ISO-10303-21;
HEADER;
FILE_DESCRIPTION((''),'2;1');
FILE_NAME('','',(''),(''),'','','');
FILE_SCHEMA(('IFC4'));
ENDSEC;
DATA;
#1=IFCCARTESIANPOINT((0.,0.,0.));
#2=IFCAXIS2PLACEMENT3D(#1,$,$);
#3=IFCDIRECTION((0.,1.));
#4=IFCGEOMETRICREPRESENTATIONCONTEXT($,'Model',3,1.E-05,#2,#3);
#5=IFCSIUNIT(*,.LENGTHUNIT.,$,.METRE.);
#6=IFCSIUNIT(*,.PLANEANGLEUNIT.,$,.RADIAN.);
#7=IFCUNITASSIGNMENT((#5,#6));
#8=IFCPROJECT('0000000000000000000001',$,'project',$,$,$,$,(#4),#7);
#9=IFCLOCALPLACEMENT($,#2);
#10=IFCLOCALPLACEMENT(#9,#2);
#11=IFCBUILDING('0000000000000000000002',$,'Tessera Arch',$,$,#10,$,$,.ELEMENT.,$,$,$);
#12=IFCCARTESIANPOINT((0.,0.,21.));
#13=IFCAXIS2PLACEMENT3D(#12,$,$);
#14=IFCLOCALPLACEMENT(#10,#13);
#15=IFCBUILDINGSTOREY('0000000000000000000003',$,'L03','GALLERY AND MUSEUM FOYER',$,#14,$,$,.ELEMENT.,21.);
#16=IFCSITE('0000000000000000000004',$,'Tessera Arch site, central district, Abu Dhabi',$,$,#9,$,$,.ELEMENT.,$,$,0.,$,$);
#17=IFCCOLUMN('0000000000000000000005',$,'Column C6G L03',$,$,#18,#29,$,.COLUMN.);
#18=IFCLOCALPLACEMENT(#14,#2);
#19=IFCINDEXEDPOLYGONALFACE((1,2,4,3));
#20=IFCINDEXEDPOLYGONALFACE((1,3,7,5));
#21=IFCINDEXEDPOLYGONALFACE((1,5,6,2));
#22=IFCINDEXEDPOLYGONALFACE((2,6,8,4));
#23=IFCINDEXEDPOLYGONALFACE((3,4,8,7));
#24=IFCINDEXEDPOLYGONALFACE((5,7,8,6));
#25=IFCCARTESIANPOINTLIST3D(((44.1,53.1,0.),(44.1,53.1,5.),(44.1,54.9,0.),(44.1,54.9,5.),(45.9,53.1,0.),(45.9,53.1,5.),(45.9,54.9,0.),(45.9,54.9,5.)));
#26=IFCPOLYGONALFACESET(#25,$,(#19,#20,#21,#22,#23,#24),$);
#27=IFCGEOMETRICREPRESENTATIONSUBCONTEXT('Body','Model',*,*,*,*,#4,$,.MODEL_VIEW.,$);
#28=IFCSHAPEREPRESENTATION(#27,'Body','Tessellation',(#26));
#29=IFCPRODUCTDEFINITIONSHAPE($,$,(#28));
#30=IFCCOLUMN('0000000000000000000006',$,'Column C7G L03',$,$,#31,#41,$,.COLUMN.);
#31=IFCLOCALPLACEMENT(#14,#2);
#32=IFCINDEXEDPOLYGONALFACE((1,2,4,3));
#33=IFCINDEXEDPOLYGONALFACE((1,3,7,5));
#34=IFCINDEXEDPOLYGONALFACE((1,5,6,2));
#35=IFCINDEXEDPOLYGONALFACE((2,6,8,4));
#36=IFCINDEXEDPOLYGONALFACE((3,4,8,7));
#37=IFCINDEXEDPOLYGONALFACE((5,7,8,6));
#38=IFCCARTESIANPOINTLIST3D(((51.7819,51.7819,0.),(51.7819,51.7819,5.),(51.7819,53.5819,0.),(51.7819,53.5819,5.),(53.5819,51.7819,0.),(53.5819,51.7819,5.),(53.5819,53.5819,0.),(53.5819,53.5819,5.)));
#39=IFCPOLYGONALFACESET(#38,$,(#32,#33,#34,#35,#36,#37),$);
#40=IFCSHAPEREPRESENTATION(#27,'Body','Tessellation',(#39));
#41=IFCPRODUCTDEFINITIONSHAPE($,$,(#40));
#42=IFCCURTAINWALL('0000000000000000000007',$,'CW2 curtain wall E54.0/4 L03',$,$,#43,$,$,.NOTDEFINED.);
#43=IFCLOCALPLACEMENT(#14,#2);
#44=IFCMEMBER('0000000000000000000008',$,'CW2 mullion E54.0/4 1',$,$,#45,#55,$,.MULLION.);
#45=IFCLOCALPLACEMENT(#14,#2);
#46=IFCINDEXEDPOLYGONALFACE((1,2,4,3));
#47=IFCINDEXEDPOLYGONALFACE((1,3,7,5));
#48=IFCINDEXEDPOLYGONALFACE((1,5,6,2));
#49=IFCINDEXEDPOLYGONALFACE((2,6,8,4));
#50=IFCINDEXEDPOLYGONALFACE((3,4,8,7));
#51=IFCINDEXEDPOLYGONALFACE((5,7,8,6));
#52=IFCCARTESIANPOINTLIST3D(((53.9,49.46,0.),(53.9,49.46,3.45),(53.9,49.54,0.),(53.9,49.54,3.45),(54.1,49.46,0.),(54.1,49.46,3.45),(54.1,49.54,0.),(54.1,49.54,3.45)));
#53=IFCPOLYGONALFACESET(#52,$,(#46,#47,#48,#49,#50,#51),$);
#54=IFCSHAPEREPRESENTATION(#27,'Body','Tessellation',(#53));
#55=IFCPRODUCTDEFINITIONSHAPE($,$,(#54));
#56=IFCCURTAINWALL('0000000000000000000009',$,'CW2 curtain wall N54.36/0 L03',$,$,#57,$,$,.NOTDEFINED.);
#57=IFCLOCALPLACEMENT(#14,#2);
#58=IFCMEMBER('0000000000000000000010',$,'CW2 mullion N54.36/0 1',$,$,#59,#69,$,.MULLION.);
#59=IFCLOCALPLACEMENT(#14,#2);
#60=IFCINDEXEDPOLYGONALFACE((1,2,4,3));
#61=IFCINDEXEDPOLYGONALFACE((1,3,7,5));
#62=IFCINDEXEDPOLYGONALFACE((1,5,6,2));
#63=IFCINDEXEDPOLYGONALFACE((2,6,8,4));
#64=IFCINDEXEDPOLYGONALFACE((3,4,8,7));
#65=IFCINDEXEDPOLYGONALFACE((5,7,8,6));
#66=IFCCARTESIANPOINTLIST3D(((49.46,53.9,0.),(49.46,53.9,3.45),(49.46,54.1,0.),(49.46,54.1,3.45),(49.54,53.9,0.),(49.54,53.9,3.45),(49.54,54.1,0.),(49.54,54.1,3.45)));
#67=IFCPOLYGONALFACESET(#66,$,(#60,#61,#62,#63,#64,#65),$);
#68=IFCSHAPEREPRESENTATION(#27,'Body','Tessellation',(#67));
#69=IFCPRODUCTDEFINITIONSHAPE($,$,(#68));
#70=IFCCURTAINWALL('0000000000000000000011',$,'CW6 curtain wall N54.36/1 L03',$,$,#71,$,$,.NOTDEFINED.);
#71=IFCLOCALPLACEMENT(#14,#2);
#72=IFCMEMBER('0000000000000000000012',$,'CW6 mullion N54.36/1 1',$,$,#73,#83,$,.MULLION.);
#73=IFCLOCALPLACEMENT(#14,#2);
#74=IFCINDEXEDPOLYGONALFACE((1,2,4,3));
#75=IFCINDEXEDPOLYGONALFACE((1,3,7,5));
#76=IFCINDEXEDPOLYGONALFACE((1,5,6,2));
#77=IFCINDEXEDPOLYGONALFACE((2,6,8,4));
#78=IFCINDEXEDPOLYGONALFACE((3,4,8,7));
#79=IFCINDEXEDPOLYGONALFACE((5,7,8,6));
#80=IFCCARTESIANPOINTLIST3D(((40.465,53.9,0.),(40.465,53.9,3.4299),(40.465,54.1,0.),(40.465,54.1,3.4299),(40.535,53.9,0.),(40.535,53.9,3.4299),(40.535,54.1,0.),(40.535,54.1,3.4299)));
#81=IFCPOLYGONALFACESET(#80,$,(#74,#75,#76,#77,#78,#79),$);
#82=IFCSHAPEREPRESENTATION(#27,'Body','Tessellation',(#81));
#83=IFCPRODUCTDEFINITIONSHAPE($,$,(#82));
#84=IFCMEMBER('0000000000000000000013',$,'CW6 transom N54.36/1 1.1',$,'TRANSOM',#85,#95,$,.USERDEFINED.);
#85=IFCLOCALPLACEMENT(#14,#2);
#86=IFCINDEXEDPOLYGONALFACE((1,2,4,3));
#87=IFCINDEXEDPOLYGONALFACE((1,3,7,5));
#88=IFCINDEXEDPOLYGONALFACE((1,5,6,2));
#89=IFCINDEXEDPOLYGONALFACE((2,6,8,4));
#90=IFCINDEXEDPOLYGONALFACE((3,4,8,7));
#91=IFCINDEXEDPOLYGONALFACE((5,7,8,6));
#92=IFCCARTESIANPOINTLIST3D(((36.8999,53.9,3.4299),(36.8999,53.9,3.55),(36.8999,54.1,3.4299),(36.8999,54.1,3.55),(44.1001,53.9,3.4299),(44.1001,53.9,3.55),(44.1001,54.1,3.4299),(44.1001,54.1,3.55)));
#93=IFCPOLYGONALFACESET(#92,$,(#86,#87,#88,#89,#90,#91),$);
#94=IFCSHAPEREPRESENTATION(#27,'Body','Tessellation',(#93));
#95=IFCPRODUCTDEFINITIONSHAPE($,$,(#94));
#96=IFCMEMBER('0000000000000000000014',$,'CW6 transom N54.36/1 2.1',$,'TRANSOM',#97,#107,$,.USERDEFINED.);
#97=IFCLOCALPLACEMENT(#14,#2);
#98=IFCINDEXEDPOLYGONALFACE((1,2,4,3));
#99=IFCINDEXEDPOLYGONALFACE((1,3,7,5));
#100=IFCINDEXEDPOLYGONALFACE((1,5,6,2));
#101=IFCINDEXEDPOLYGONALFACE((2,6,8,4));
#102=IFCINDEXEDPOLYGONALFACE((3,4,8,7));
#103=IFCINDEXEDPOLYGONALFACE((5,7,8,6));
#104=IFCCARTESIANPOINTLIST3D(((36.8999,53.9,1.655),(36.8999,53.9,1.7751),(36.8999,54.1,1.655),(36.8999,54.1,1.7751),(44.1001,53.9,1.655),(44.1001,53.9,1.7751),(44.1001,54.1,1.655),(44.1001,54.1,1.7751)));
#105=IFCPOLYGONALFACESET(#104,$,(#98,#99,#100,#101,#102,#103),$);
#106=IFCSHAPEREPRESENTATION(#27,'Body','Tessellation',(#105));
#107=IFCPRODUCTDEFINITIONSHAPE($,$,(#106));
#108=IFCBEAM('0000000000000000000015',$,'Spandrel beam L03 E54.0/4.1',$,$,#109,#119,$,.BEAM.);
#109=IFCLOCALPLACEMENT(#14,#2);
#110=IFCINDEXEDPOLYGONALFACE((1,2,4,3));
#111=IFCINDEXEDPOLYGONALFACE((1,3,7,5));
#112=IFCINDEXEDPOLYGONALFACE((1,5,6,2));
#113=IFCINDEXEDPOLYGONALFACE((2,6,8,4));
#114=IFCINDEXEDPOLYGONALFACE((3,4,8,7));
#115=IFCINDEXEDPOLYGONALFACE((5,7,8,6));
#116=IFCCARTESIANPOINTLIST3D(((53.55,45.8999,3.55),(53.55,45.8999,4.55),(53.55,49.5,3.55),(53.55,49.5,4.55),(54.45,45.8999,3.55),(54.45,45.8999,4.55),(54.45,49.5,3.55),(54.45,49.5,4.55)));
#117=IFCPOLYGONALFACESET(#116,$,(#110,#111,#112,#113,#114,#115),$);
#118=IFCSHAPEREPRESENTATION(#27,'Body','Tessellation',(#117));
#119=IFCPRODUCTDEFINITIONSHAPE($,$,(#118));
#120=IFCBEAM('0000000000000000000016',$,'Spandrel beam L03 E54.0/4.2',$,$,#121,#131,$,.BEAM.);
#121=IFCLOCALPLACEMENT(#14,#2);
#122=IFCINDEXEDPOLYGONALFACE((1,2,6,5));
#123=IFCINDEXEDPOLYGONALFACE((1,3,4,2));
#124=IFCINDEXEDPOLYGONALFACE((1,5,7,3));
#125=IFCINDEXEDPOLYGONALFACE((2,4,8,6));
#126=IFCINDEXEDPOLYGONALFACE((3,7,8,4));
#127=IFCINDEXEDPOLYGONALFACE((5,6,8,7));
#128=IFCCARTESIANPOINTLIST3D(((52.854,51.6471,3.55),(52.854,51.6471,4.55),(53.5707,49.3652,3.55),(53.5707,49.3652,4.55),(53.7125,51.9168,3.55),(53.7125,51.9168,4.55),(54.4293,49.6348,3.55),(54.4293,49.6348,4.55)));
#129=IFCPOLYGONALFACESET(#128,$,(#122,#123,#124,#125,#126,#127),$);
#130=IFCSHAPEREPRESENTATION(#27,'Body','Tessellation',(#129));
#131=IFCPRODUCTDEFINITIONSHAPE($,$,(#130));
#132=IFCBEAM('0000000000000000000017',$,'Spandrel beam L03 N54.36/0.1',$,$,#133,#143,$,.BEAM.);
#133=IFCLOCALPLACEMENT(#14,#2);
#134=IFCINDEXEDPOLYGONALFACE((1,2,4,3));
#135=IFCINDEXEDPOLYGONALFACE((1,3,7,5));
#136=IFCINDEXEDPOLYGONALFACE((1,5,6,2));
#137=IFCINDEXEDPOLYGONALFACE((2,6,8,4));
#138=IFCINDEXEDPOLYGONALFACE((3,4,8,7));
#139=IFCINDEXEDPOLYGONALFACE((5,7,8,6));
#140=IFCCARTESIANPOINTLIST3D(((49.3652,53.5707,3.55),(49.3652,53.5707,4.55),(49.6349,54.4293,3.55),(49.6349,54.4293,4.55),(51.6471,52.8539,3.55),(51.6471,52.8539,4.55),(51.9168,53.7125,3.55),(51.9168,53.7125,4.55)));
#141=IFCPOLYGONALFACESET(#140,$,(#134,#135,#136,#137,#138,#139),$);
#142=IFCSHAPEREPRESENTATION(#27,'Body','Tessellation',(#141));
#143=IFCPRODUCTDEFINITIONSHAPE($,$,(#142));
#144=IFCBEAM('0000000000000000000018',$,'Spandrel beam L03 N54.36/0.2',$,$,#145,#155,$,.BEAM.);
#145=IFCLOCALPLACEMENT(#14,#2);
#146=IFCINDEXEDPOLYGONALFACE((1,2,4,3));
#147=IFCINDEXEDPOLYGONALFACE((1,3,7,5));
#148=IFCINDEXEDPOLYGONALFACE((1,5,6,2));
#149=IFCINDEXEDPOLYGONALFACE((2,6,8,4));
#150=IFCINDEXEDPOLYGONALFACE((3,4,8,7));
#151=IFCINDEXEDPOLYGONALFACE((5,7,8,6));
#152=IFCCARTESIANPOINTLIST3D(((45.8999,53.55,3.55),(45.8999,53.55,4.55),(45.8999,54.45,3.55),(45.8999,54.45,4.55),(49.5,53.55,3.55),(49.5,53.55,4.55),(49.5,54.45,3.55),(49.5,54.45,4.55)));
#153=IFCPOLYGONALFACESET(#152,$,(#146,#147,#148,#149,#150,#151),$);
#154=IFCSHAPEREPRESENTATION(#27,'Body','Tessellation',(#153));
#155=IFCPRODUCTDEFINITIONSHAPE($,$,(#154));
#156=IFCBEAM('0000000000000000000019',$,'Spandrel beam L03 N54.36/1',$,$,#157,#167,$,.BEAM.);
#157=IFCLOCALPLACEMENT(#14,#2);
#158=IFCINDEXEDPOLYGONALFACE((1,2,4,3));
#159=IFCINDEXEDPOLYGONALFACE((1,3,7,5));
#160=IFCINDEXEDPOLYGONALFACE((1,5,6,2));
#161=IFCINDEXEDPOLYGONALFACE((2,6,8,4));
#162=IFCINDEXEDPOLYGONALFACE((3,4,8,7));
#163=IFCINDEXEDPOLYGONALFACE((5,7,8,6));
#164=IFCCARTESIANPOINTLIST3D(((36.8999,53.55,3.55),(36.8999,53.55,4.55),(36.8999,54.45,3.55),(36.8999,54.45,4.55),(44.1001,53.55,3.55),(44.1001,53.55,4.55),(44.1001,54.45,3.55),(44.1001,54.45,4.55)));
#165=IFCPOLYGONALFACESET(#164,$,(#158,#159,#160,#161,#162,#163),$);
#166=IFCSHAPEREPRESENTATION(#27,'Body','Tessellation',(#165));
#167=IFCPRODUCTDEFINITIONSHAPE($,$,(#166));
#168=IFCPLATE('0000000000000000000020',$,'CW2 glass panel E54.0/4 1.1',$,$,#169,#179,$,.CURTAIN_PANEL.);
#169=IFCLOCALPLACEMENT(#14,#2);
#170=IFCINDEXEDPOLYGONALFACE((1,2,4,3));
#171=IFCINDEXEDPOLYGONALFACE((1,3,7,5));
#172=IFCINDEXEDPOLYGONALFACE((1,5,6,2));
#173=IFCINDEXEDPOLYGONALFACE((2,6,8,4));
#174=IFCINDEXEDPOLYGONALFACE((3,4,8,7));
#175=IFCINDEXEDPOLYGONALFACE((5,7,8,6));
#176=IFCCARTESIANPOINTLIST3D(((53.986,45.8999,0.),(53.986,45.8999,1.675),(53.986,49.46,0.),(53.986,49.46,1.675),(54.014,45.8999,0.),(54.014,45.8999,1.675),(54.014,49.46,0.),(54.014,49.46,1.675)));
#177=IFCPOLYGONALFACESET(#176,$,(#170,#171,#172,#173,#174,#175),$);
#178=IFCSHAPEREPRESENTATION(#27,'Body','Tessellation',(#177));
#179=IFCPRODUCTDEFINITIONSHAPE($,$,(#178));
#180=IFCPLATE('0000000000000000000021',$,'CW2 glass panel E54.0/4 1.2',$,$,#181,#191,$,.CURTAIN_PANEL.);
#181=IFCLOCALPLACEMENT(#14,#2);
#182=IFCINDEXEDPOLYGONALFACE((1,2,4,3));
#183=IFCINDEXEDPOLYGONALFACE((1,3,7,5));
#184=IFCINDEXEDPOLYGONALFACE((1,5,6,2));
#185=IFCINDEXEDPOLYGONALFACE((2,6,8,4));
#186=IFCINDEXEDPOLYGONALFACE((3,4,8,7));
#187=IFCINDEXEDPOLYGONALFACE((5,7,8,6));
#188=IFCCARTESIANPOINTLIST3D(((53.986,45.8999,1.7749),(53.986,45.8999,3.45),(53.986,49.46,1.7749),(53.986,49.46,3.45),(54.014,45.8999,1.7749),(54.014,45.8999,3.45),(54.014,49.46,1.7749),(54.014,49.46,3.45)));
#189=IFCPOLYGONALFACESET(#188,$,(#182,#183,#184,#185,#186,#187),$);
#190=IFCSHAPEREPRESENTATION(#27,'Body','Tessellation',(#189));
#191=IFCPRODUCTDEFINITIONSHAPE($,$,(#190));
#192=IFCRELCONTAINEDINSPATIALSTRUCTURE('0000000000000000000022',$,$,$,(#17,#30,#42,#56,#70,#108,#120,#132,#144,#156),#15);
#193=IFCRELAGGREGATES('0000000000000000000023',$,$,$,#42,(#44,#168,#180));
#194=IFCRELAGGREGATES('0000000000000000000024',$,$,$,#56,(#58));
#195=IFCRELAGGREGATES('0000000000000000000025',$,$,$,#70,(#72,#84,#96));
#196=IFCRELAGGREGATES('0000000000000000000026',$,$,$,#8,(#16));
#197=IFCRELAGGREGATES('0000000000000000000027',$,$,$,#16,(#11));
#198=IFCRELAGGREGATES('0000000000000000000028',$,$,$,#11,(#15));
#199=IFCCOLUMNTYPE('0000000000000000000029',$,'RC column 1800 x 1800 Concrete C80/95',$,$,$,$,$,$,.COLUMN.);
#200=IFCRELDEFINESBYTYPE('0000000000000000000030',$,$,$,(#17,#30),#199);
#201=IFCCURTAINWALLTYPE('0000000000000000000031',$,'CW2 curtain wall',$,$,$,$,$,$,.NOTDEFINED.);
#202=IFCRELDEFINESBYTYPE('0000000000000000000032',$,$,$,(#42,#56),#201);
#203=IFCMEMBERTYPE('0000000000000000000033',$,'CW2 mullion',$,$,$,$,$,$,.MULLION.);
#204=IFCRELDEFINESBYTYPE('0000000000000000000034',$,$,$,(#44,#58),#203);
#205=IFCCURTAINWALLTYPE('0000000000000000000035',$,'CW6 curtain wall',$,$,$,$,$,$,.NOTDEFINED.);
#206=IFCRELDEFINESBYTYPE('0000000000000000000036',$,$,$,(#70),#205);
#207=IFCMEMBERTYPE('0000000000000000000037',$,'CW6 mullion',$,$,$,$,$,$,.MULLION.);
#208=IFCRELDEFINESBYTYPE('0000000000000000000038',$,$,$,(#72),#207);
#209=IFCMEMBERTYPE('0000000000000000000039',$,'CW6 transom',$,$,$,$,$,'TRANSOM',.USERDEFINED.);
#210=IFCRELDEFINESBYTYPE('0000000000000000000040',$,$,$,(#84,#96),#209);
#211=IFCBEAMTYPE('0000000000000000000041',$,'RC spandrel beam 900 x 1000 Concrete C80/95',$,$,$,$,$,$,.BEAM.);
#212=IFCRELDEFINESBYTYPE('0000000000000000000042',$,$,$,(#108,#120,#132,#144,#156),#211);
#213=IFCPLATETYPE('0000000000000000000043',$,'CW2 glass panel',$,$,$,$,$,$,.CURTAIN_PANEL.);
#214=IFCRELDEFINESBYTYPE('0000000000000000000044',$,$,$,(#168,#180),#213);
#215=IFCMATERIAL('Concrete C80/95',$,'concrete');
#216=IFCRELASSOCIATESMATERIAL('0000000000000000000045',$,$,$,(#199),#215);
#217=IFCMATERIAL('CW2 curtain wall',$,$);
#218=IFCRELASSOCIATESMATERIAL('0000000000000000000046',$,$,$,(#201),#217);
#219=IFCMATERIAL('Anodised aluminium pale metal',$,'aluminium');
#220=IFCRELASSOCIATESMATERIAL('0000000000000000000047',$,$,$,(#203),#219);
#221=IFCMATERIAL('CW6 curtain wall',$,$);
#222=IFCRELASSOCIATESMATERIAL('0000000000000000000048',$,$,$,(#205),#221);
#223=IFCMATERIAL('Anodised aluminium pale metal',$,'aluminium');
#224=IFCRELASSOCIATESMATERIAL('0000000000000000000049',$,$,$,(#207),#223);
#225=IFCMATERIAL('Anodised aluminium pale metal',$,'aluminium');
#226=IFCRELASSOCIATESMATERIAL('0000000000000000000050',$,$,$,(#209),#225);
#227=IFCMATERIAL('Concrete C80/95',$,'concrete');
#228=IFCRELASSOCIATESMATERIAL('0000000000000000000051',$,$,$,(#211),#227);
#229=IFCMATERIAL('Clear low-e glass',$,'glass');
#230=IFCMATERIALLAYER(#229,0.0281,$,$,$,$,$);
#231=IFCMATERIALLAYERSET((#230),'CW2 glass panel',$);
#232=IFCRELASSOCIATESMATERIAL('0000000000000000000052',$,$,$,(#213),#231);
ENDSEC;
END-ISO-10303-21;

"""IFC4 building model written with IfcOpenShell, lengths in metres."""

from ifc_helpers import new_model, si_unit, direction, frame, origin, origin_2d, place, context, subcontext, project, spatial, rectangle, extrude, material, layer, layer_set, material_profile, profile_set, type_object, element, aggregate, save


model = new_model("IFC4")

# Units and contexts
model_context = context("Model", 3, precision=1e-05, world=origin(), true_north=direction((0.0, 1.0)))
body_context = subcontext(model_context, "Body", "Model", "MODEL_VIEW")
ifc_project = project(units=[si_unit("LENGTHUNIT", "METRE"), si_unit("PLANEANGLEUNIT", "RADIAN")], contexts=[model_context])

# Site, building, storey
site_placement = place(None, origin())
site = spatial("IfcSite", under=ifc_project, at=site_placement, Name="Tessera Arch site, central district, Abu Dhabi", CompositionType="ELEMENT", RefElevation=0.0)
building_placement = place(site_placement, origin())
building = spatial("IfcBuilding", under=site, at=building_placement, Name="Tessera Arch", CompositionType="ELEMENT")
storey_placement = place(building_placement, frame((0.0, 0.0, 21.0)))
storey = spatial("IfcBuildingStorey", under=building, at=storey_placement, Name="L03", Description="GALLERY AND MUSEUM FOYER", CompositionType="ELEMENT", Elevation=21.0)

# Columns
ifc_material_1 = material(Name="Concrete C80/95", Category="concrete")
ifc_material_profile_1 = material_profile(ifc_material_1, rectangle(XDim=1.8, YDim=1.8, at=origin_2d()), Name="RC column 1800 x 1800 Concrete C80/95")
ifc_profile_set_1 = profile_set([ifc_material_profile_1], Name="Concrete C80/95")
column_type = type_object("IfcColumnType", Name="RC column 1800 x 1800 Concrete C80/95", PredefinedType="COLUMN", material=ifc_profile_set_1)
for number, where, z_axis, x_axis, name in (
    (1, (45.0, 54.0, 0.0), (0.0, 0.0, 1.0), (1.0, 0.0, 0.0), "Column C6G L03"),
    (2, (52.6819, 52.6819, 0.0), (0.0, 0.0, 1.0), (1.0, 0.0, 0.0), "Column C7G L03"),
):
    element("IfcColumn", number, at=place(storey_placement, frame(where, z_axis=z_axis, x_axis=x_axis)), inside=storey, type_object=column_type, Name=name, PredefinedType="COLUMN", context=body_context, shape_type="SweptSolid", body=[
        extrude(rectangle(XDim=1.8, YDim=1.8, at=origin_2d()), origin(), (0.0, 0.0, 1.0), 5.0),
    ])

# Curtain walls, members
ifc_material_2 = material(Name="CW2 curtain wall")
curtain_wall_type_1 = type_object("IfcCurtainWallType", Name="CW2 curtain wall", PredefinedType="NOTDEFINED", material=ifc_material_2)
curtain_wall_1_placement = place(storey_placement, origin())
curtain_wall_1 = element("IfcCurtainWall", 3, at=curtain_wall_1_placement, inside=storey, type_object=curtain_wall_type_1, Name="CW2 curtain wall E54.0/4 L03", PredefinedType="NOTDEFINED")
ifc_material_3 = material(Name="Anodised aluminium pale metal", Category="aluminium")
ifc_material_profile_2 = material_profile(ifc_material_3, rectangle(XDim=0.2, YDim=0.0801, at=origin_2d()), Name="AL 80x200")
ifc_profile_set_2 = profile_set([ifc_material_profile_2], Name="Anodised aluminium pale metal")
member_type_1 = type_object("IfcMemberType", Name="CW2 mullion", PredefinedType="MULLION", material=ifc_profile_set_2)
member_1_placement = place(storey_placement, frame((54.0, 49.5, 0.0), z_axis=(0.0, 0.0, 1.0), x_axis=(-1.0, 0.0, 0.0)))
member_1 = element("IfcMember", 4, at=member_1_placement, type_object=member_type_1, Name="CW2 mullion E54.0/4 1", PredefinedType="MULLION", context=body_context, shape_type="SweptSolid", body=[
    extrude(rectangle(XDim=0.2, YDim=0.0801, at=origin_2d()), origin(), (0.0, 0.0, 1.0), 3.45),
])
curtain_wall_2_placement = place(storey_placement, origin())
curtain_wall_2 = element("IfcCurtainWall", 5, at=curtain_wall_2_placement, inside=storey, type_object=curtain_wall_type_1, Name="CW2 curtain wall N54.36/0 L03", PredefinedType="NOTDEFINED")
member_2_placement = place(storey_placement, frame((49.5, 54.0, 0.0), z_axis=(0.0, 0.0, 1.0), x_axis=(0.0, -1.0, 0.0)))
member_2 = element("IfcMember", 6, at=member_2_placement, type_object=member_type_1, Name="CW2 mullion N54.36/0 1", PredefinedType="MULLION", context=body_context, shape_type="SweptSolid", body=[
    extrude(rectangle(XDim=0.2, YDim=0.0801, at=origin_2d()), origin(), (0.0, 0.0, 1.0), 3.45),
])

# Curtain wall, members
ifc_material_4 = material(Name="CW6 curtain wall")
curtain_wall_type_2 = type_object("IfcCurtainWallType", Name="CW6 curtain wall", PredefinedType="NOTDEFINED", material=ifc_material_4)
curtain_wall_3_placement = place(storey_placement, origin())
curtain_wall_3 = element("IfcCurtainWall", 7, at=curtain_wall_3_placement, inside=storey, type_object=curtain_wall_type_2, Name="CW6 curtain wall N54.36/1 L03", PredefinedType="NOTDEFINED")
ifc_material_5 = material(Name="Anodised aluminium pale metal", Category="aluminium")
ifc_material_profile_3 = material_profile(ifc_material_5, rectangle(XDim=0.2, YDim=0.0701, at=origin_2d()), Name="AL 70x200")
ifc_profile_set_3 = profile_set([ifc_material_profile_3], Name="Anodised aluminium pale metal")
member_type_2 = type_object("IfcMemberType", Name="CW6 mullion", PredefinedType="MULLION", material=ifc_profile_set_3)
member_3_placement = place(storey_placement, frame((40.5, 54.0, 0.0), z_axis=(0.0, 0.0, 1.0), x_axis=(0.0, -1.0, 0.0)))
member_3 = element("IfcMember", 8, at=member_3_placement, type_object=member_type_2, Name="CW6 mullion N54.36/1 1", PredefinedType="MULLION", context=body_context, shape_type="SweptSolid", body=[
    extrude(rectangle(XDim=0.2, YDim=0.0701, at=origin_2d()), origin(), (0.0, 0.0, 1.0), 3.4299),
])
ifc_material_6 = material(Name="Anodised aluminium pale metal", Category="aluminium")
ifc_material_profile_4 = material_profile(ifc_material_6, rectangle(XDim=0.2, YDim=0.1201, at=origin_2d()), Name="AL 200x120")
ifc_profile_set_4 = profile_set([ifc_material_profile_4], Name="Anodised aluminium pale metal")
member_type_3 = type_object("IfcMemberType", Name="CW6 transom", ElementType="TRANSOM", PredefinedType="USERDEFINED", material=ifc_profile_set_4)
member_4_placement = place(storey_placement, frame((44.1001, 54.0, 3.49), z_axis=(-1.0, 0.0, 0.0), x_axis=(0.0, -1.0, 0.0)))
member_4 = element("IfcMember", 9, at=member_4_placement, type_object=member_type_3, Name="CW6 transom N54.36/1 1.1", ObjectType="TRANSOM", PredefinedType="USERDEFINED", context=body_context, shape_type="SweptSolid", body=[
    extrude(rectangle(XDim=0.2, YDim=0.1201, at=origin_2d()), origin(), (0.0, 0.0, 1.0), 7.2002),
])
member_5_placement = place(storey_placement, frame((44.1001, 54.0, 1.7151), z_axis=(-1.0, 0.0, 0.0), x_axis=(0.0, -1.0, 0.0)))
member_5 = element("IfcMember", 10, at=member_5_placement, type_object=member_type_3, Name="CW6 transom N54.36/1 2.1", ObjectType="TRANSOM", PredefinedType="USERDEFINED", context=body_context, shape_type="SweptSolid", body=[
    extrude(rectangle(XDim=0.2, YDim=0.1201, at=origin_2d()), origin(), (0.0, 0.0, 1.0), 7.2002),
])

# Beams
ifc_material_7 = material(Name="Concrete C80/95", Category="concrete")
ifc_material_profile_5 = material_profile(ifc_material_7, rectangle(XDim=0.8999, YDim=1.0, at=origin_2d()), Name="RC spandrel beam 900 x 1000 Concrete C80/95")
ifc_profile_set_5 = profile_set([ifc_material_profile_5], Name="Concrete C80/95")
beam_type = type_object("IfcBeamType", Name="RC spandrel beam 900 x 1000 Concrete C80/95", PredefinedType="BEAM", material=ifc_profile_set_5)
beam_1_placement = place(storey_placement, frame((54.0, 45.8999, 4.05), z_axis=(0.0, 1.0, 0.0), x_axis=(-1.0, 0.0, 0.0)))
element("IfcBeam", 11, at=beam_1_placement, inside=storey, type_object=beam_type, Name="Spandrel beam L03 E54.0/4.1", PredefinedType="BEAM", context=body_context, shape_type="SweptSolid", body=[
    extrude(rectangle(XDim=0.8999, YDim=1.0, at=origin_2d()), origin(), (0.0, 0.0, 1.0), 3.6001),
])
for number, where, z_axis, x_axis, name in (
    (12, (54.0, 49.5, 4.05), (-0.299675, 0.954041, 0.0), (-0.954041, -0.299675, 0.0), "Spandrel beam L03 E54.0/4.2"),
    (13, (51.782, 53.2832, 4.05), (-0.954041, 0.299675, 0.0), (-0.299675, -0.954041, 0.0), "Spandrel beam L03 N54.36/0.1"),
):
    element("IfcBeam", number, at=place(storey_placement, frame(where, z_axis=z_axis, x_axis=x_axis)), inside=storey, type_object=beam_type, Name=name, PredefinedType="BEAM", context=body_context, shape_type="SweptSolid", body=[
        extrude(rectangle(XDim=0.8999, YDim=1.0, at=origin_2d()), origin(), (0.0, 0.0, 1.0), 2.3918),
    ])
beam_2_placement = place(storey_placement, frame((49.5, 54.0, 4.05), z_axis=(-1.0, 0.0, 0.0), x_axis=(0.0, -1.0, 0.0)))
element("IfcBeam", 14, at=beam_2_placement, inside=storey, type_object=beam_type, Name="Spandrel beam L03 N54.36/0.2", PredefinedType="BEAM", context=body_context, shape_type="SweptSolid", body=[
    extrude(rectangle(XDim=0.8999, YDim=1.0, at=origin_2d()), origin(), (0.0, 0.0, 1.0), 3.6001),
])
beam_3_placement = place(storey_placement, frame((44.1001, 54.0, 4.05), z_axis=(-1.0, 0.0, 0.0), x_axis=(0.0, -1.0, 0.0)))
element("IfcBeam", 15, at=beam_3_placement, inside=storey, type_object=beam_type, Name="Spandrel beam L03 N54.36/1", PredefinedType="BEAM", context=body_context, shape_type="SweptSolid", body=[
    extrude(rectangle(XDim=0.8999, YDim=1.0, at=origin_2d()), origin(), (0.0, 0.0, 1.0), 7.2002),
])

# Plates
ifc_material_8 = material(Name="Clear low-e glass", Category="glass")
ifc_layer_1 = layer(ifc_material_8, 0.0281)
ifc_layer_set_1 = layer_set([ifc_layer_1], Name="CW2 glass panel")
plate_type_1 = type_object("IfcPlateType", Name="CW2 glass panel", PredefinedType="CURTAIN_PANEL", material=ifc_layer_set_1)
plate_1_placement = place(storey_placement, frame((54.0, 47.6799, 0.0), z_axis=(0.0, 0.0, 1.0), x_axis=(0.0, 1.0, 0.0)))
plate_1 = element("IfcPlate", 16, at=plate_1_placement, type_object=plate_type_1, Name="CW2 glass panel E54.0/4 1.1", PredefinedType="CURTAIN_PANEL", context=body_context, shape_type="SweptSolid", body=[
    extrude(rectangle(XDim=3.5601, YDim=0.0281, at=origin_2d()), origin(), (0.0, 0.0, 1.0), 1.675),
])
plate_2_placement = place(storey_placement, frame((54.0, 47.6799, 1.7749), z_axis=(0.0, 0.0, 1.0), x_axis=(0.0, 1.0, 0.0)))
plate_2 = element("IfcPlate", 17, at=plate_2_placement, type_object=plate_type_1, Name="CW2 glass panel E54.0/4 1.2", PredefinedType="CURTAIN_PANEL", context=body_context, shape_type="SweptSolid", body=[
    extrude(rectangle(XDim=3.5601, YDim=0.0281, at=origin_2d()), origin(), (0.0, 0.0, 1.0), 1.675),
])
aggregate(curtain_wall_1, [member_1, plate_1, plate_2])
aggregate(curtain_wall_2, [member_2])
aggregate(curtain_wall_3, [member_3, member_4, member_5])

save(model, "model.ifc")
